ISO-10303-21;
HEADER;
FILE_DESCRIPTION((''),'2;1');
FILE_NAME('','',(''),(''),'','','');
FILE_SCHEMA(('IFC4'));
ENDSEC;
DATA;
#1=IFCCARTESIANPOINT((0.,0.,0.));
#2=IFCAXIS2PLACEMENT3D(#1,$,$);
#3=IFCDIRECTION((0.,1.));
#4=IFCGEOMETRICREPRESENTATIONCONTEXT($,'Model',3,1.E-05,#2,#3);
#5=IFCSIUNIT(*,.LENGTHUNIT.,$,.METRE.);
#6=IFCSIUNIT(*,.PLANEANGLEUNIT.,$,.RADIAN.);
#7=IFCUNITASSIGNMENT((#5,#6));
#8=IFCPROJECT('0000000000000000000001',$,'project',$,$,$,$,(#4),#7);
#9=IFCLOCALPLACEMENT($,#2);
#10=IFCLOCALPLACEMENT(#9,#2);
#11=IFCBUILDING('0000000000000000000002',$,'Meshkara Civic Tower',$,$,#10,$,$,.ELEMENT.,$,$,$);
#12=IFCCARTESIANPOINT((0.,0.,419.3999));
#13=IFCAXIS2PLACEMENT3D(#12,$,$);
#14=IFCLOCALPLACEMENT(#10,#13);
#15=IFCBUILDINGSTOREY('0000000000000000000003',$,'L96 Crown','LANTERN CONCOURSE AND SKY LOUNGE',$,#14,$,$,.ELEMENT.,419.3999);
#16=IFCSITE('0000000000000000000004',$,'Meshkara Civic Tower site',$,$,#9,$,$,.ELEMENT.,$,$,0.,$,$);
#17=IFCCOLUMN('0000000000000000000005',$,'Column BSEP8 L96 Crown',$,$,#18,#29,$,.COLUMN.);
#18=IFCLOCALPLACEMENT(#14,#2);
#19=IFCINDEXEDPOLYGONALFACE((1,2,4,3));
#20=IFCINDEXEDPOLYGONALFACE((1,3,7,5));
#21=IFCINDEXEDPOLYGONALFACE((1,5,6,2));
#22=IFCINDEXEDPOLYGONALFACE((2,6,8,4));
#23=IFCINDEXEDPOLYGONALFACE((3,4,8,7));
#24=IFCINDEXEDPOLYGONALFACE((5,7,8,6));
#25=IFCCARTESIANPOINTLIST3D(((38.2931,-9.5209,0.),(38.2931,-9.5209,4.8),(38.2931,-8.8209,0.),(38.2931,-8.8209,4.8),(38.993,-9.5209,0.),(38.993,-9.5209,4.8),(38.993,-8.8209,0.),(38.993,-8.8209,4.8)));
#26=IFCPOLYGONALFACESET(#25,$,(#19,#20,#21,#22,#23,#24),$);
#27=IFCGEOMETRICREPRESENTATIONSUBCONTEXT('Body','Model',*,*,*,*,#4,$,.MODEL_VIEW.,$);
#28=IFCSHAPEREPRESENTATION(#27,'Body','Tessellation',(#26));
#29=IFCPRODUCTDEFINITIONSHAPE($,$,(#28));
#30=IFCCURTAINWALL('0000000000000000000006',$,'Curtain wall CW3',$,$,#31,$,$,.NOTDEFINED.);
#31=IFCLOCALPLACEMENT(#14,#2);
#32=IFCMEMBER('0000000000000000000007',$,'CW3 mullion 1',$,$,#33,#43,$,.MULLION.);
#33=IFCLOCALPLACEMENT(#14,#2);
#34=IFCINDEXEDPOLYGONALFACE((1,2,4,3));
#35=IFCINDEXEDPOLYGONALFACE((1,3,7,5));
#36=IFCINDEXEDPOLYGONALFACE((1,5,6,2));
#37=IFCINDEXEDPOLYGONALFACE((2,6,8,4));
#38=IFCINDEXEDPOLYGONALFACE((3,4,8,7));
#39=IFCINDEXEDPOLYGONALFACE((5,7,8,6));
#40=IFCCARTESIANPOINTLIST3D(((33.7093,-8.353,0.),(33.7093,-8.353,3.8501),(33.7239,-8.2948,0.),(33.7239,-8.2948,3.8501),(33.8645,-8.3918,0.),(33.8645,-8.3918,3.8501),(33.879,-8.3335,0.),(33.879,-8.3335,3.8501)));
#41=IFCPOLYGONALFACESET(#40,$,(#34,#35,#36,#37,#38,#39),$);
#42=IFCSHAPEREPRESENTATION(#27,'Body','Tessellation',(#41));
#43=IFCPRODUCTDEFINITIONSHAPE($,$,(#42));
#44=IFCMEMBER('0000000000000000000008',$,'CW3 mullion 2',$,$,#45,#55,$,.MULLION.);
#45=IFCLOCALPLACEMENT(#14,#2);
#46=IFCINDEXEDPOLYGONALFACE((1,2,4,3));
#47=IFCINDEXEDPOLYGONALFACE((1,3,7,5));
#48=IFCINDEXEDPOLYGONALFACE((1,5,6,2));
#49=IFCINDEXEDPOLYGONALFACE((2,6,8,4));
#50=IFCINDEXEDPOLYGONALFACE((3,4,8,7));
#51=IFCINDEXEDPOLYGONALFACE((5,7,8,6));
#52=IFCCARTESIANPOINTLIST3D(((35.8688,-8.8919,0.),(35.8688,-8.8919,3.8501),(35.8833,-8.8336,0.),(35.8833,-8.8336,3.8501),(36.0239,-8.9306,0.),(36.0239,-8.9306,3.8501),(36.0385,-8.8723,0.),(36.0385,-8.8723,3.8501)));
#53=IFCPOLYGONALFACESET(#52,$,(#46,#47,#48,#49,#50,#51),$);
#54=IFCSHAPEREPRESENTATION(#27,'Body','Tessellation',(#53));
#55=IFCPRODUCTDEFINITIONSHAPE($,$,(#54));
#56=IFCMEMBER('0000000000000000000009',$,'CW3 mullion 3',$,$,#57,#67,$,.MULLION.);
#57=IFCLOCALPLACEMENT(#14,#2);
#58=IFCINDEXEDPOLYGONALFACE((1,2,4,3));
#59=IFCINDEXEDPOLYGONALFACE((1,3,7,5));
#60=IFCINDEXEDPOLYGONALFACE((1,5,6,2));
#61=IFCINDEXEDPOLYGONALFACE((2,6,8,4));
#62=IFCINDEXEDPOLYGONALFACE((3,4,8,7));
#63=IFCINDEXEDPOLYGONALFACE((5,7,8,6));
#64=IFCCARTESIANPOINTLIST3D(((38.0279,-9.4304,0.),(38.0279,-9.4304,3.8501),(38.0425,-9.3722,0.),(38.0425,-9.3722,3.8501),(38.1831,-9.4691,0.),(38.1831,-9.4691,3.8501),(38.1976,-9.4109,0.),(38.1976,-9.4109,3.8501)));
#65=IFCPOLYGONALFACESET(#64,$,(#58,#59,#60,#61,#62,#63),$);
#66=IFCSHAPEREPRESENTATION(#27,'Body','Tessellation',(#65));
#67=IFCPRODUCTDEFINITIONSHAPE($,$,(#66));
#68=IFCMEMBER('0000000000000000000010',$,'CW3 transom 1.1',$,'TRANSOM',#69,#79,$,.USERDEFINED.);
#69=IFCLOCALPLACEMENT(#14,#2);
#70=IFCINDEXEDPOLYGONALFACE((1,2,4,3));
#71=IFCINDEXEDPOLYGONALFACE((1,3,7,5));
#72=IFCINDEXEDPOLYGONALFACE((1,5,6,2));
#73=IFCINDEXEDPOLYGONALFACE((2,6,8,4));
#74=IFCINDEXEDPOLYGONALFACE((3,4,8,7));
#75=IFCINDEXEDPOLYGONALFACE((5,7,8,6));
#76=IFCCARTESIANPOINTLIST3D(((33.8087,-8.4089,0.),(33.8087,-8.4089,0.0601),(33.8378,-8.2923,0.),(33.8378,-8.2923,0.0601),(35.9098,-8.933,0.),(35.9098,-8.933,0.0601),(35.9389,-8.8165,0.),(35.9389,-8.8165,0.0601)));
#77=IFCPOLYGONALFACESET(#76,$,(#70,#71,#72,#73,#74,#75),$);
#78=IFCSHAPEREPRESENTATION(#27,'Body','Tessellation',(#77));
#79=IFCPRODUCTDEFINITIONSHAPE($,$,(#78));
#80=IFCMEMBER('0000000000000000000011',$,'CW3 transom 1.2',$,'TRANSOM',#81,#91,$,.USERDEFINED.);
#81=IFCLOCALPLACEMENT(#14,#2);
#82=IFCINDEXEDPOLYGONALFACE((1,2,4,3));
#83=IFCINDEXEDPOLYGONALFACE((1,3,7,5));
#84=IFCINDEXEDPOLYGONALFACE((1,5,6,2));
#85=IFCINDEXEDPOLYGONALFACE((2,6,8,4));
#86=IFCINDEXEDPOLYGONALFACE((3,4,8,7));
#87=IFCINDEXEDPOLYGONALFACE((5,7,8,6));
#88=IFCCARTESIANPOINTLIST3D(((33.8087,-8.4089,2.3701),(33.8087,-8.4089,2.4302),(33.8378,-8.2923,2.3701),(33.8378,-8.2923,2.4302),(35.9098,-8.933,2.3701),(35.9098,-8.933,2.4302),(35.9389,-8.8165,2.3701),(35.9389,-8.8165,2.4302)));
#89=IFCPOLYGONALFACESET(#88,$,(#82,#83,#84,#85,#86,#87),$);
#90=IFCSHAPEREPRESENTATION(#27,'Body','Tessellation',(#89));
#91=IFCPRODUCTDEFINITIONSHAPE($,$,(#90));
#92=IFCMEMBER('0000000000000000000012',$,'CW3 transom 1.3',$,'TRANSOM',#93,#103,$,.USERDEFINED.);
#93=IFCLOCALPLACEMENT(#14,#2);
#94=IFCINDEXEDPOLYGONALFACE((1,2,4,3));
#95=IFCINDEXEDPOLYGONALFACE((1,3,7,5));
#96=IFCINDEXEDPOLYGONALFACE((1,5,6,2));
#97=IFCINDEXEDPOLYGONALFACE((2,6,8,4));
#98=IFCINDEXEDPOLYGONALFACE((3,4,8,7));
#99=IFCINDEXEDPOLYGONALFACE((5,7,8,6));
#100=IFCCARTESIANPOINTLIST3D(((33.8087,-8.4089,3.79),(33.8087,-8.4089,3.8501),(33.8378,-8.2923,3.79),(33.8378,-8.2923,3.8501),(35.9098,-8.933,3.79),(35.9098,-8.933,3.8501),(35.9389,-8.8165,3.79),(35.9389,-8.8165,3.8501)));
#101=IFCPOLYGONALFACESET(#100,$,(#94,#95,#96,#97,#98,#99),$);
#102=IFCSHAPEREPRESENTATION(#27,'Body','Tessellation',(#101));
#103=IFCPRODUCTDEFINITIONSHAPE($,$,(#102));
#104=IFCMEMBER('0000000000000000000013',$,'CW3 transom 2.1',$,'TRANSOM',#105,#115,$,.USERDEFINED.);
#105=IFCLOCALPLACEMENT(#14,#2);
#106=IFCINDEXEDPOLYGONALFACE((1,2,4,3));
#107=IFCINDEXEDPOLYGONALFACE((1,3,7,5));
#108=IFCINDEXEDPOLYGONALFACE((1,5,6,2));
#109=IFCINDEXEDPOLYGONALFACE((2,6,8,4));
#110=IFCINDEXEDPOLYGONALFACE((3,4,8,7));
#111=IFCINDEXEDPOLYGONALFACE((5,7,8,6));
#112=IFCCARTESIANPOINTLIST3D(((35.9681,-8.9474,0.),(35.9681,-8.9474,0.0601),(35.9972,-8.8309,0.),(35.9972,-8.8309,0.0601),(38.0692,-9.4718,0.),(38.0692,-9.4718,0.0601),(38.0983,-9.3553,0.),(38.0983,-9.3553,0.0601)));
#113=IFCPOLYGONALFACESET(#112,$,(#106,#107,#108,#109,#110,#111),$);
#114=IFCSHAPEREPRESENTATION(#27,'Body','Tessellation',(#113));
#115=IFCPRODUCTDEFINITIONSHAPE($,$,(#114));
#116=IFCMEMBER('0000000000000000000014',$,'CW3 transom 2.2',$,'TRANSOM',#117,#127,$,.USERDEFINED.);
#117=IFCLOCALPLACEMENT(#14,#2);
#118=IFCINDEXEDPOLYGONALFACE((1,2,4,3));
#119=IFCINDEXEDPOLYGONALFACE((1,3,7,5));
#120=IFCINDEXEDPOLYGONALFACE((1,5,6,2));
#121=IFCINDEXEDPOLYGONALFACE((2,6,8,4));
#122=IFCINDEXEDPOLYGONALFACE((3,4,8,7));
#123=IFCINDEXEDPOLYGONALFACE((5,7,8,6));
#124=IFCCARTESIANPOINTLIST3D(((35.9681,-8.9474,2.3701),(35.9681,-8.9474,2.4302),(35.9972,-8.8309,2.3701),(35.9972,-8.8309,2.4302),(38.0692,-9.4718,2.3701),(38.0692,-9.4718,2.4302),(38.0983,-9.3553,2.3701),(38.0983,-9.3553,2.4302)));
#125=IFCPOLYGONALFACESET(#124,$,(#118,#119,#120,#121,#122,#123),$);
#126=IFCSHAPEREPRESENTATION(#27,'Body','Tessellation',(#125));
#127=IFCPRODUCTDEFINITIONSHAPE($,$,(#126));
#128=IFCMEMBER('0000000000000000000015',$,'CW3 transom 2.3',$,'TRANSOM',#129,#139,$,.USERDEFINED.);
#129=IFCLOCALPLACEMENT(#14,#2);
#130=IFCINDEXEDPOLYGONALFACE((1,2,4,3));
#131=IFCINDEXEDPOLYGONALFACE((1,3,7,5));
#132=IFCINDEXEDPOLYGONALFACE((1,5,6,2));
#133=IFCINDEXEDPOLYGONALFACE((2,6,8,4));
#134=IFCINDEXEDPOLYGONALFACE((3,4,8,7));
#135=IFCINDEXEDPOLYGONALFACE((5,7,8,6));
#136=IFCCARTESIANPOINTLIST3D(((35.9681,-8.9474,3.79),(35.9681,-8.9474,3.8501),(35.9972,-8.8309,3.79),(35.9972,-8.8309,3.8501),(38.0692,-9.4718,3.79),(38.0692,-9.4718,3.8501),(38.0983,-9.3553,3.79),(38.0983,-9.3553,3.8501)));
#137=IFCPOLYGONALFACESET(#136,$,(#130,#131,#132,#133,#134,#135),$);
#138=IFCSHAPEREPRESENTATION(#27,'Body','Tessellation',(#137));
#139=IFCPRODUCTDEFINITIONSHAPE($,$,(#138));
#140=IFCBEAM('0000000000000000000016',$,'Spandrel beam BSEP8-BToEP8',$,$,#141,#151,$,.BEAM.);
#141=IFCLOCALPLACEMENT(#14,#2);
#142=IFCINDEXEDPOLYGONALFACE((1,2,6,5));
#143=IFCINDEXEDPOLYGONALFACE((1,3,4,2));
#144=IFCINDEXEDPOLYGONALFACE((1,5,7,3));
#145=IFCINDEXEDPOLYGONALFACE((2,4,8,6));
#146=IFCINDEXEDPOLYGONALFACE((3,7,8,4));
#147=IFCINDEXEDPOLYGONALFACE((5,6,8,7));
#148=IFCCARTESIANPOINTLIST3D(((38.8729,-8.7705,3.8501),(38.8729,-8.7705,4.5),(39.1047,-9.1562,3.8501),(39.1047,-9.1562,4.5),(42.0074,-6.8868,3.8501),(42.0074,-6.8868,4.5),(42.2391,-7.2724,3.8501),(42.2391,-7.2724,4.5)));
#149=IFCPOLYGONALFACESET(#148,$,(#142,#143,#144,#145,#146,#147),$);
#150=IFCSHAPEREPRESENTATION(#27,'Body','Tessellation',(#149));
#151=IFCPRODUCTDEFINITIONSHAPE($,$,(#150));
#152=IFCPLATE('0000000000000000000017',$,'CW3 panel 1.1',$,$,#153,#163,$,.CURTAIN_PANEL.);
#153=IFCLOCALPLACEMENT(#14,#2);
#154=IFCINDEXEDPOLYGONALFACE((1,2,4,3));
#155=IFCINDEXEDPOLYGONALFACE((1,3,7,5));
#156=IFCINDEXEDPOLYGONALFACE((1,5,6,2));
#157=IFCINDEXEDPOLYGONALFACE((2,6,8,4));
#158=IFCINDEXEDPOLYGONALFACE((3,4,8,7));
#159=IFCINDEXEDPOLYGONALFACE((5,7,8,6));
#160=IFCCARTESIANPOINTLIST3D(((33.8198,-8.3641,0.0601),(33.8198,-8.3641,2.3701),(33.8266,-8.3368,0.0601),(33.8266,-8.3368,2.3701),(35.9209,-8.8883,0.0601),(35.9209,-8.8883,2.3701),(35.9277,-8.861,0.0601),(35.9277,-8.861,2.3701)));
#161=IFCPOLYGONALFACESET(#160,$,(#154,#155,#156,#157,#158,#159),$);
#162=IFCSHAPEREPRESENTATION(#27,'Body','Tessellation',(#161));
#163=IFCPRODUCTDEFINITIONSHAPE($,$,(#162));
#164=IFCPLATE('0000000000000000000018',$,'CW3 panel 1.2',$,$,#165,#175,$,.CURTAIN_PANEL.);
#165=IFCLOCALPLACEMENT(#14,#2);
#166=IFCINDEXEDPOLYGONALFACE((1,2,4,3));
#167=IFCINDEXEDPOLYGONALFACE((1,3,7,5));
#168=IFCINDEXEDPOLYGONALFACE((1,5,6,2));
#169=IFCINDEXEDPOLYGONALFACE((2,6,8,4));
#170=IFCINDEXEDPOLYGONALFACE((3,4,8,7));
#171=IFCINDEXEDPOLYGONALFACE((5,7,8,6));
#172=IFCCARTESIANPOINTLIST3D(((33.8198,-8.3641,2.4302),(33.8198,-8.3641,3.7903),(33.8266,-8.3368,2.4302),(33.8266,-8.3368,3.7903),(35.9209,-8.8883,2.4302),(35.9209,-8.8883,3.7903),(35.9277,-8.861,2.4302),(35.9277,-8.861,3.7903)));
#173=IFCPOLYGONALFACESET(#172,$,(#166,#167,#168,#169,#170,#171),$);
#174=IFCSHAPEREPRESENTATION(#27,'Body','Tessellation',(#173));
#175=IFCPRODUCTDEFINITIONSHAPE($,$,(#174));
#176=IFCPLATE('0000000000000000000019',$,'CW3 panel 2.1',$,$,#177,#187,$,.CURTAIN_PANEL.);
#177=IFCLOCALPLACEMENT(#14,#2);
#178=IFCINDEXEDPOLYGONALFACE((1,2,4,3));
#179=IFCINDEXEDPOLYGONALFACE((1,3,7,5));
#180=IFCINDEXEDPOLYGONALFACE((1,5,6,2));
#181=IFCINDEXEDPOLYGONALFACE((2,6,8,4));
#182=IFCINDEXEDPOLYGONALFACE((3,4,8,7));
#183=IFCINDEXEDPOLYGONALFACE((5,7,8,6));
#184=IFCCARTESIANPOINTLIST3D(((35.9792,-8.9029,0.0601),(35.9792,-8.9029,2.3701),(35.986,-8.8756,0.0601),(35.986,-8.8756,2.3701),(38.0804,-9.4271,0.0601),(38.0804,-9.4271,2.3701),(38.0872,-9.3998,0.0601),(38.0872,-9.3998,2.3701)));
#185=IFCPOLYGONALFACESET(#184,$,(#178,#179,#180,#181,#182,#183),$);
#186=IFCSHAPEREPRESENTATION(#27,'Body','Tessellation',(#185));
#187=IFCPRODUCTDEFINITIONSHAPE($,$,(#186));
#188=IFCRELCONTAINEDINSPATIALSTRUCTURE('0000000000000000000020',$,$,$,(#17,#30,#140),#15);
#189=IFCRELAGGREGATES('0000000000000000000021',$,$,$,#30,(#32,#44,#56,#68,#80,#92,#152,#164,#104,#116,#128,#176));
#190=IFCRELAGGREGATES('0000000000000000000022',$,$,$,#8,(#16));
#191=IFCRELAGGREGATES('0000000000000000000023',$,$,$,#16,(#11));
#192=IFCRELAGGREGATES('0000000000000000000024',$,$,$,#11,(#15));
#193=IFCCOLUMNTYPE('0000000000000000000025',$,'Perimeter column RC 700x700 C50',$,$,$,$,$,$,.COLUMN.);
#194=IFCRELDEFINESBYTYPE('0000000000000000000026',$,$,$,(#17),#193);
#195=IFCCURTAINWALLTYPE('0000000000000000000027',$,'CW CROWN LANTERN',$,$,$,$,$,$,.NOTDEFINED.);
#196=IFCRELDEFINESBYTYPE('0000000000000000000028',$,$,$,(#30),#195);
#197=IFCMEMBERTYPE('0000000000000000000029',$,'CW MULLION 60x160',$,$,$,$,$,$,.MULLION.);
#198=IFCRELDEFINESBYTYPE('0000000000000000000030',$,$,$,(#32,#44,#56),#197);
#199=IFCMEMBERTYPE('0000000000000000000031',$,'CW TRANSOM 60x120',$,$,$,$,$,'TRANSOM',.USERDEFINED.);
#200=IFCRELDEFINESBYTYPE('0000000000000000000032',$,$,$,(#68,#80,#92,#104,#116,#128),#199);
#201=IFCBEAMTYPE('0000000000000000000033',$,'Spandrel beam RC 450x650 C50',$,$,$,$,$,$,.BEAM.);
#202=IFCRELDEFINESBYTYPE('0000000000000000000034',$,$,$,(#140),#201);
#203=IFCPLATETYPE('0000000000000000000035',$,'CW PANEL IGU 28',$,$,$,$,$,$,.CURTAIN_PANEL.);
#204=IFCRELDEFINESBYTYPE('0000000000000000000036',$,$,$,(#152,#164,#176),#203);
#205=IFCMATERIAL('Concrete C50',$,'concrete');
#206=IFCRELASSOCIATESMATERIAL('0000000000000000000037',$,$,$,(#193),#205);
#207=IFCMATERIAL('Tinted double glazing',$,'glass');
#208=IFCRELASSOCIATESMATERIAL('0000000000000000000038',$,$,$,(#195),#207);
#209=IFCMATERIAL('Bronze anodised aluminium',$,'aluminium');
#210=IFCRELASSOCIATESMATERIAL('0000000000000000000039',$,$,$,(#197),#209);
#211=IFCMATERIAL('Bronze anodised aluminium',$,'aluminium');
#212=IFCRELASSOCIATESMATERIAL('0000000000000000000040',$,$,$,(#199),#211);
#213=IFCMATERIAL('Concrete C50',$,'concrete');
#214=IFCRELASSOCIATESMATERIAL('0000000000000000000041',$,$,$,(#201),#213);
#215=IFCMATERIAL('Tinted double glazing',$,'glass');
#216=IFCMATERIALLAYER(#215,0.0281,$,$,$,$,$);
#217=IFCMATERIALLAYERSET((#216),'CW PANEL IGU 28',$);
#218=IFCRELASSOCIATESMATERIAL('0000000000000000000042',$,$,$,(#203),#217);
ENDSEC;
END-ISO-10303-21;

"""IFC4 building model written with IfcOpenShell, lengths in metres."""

from ifc_helpers import new_model, si_unit, direction, frame, origin, origin_2d, place, context, subcontext, project, spatial, rectangle, extrude, material, layer, layer_set, material_profile, profile_set, type_object, element, aggregate, save


model = new_model("IFC4")

# Units and contexts
model_context = context("Model", 3, precision=1e-05, world=origin(), true_north=direction((0.0, 1.0)))
body_context = subcontext(model_context, "Body", "Model", "MODEL_VIEW")
ifc_project = project(units=[si_unit("LENGTHUNIT", "METRE"), si_unit("PLANEANGLEUNIT", "RADIAN")], contexts=[model_context])

# Site, building, storey
site_placement = place(None, origin())
site = spatial("IfcSite", under=ifc_project, at=site_placement, Name="Meshkara Civic Tower site", CompositionType="ELEMENT", RefElevation=0.0)
building_placement = place(site_placement, origin())
building = spatial("IfcBuilding", under=site, at=building_placement, Name="Meshkara Civic Tower", CompositionType="ELEMENT")
storey_placement = place(building_placement, frame((0.0, 0.0, 419.3999)))
storey = spatial("IfcBuildingStorey", under=building, at=storey_placement, Name="L96 Crown", Description="LANTERN CONCOURSE AND SKY LOUNGE", CompositionType="ELEMENT", Elevation=419.3999)

# Column
ifc_material_1 = material(Name="Concrete C50", Category="concrete")
ifc_material_profile_1 = material_profile(ifc_material_1, rectangle(XDim=0.7, YDim=0.7, at=origin_2d()))
ifc_profile_set_1 = profile_set([ifc_material_profile_1], Name="Concrete C50")
column_type = type_object("IfcColumnType", Name="Perimeter column RC 700x700 C50", PredefinedType="COLUMN", material=ifc_profile_set_1)
column_placement = place(storey_placement, frame((38.6431, -9.1709, 0.0), z_axis=(0.0, 0.0, 1.0), x_axis=(1.0, 0.0, 0.0)))
element("IfcColumn", 1, at=column_placement, inside=storey, type_object=column_type, Name="Column BSEP8 L96 Crown", PredefinedType="COLUMN", context=body_context, shape_type="SweptSolid", body=[
    extrude(rectangle(XDim=0.7, YDim=0.7, at=origin_2d()), origin(), (0.0, 0.0, 1.0), 4.8),
])

# Curtain wall, members
ifc_material_2 = material(Name="Tinted double glazing", Category="glass")
curtain_wall_type = type_object("IfcCurtainWallType", Name="CW CROWN LANTERN", PredefinedType="NOTDEFINED", material=ifc_material_2)
curtain_wall_placement = place(storey_placement, origin())
curtain_wall = element("IfcCurtainWall", 2, at=curtain_wall_placement, inside=storey, type_object=curtain_wall_type, Name="Curtain wall CW3", PredefinedType="NOTDEFINED")
ifc_material_3 = material(Name="Bronze anodised aluminium", Category="aluminium")
ifc_material_profile_2 = material_profile(ifc_material_3, rectangle(XDim=0.0601, YDim=0.1599, at=origin_2d()))
ifc_profile_set_2 = profile_set([ifc_material_profile_2], Name="Bronze anodised aluminium")
member_type_1 = type_object("IfcMemberType", Name="CW MULLION 60x160", PredefinedType="MULLION", material=ifc_profile_set_2)
member_1_placement = place(storey_placement, frame((33.7942, -8.3433, 0.0), z_axis=(0.0, 0.0, 1.0), x_axis=(0.242066, 0.97026, 0.0)))
member_1 = element("IfcMember", 3, at=member_1_placement, type_object=member_type_1, Name="CW3 mullion 1", PredefinedType="MULLION", context=body_context, shape_type="SweptSolid", body=[
    extrude(rectangle(XDim=0.0601, YDim=0.1599, at=origin_2d()), origin(), (0.0, 0.0, 1.0), 3.8501),
])
member_2_placement = place(storey_placement, frame((35.9536, -8.8821, 0.0), z_axis=(0.0, 0.0, 1.0), x_axis=(0.242066, 0.97026, 0.0)))
member_2 = element("IfcMember", 4, at=member_2_placement, type_object=member_type_1, Name="CW3 mullion 2", PredefinedType="MULLION", context=body_context, shape_type="SweptSolid", body=[
    extrude(rectangle(XDim=0.0601, YDim=0.1599, at=origin_2d()), origin(), (0.0, 0.0, 1.0), 3.8501),
])
member_3_placement = place(storey_placement, frame((38.1128, -9.4207, 0.0), z_axis=(0.0, 0.0, 1.0), x_axis=(0.242066, 0.97026, 0.0)))
member_3 = element("IfcMember", 5, at=member_3_placement, type_object=member_type_1, Name="CW3 mullion 3", PredefinedType="MULLION", context=body_context, shape_type="SweptSolid", body=[
    extrude(rectangle(XDim=0.0601, YDim=0.1599, at=origin_2d()), origin(), (0.0, 0.0, 1.0), 3.8501),
])
ifc_material_4 = material(Name="Bronze anodised aluminium", Category="aluminium")
ifc_material_profile_3 = material_profile(ifc_material_4, rectangle(XDim=0.1201, YDim=0.0601, at=origin_2d()))
ifc_profile_set_3 = profile_set([ifc_material_profile_3], Name="Bronze anodised aluminium")
member_type_2 = type_object("IfcMemberType", Name="CW TRANSOM 60x120", ElementType="TRANSOM", PredefinedType="USERDEFINED", material=ifc_profile_set_3)
member_4_placement = place(storey_placement, frame((33.8232, -8.3506, 0.03), z_axis=(0.970262, -0.242058, 0.0), x_axis=(0.242058, 0.970262, 0.0)))
member_4 = element("IfcMember", 6, at=member_4_placement, type_object=member_type_2, Name="CW3 transom 1.1", ObjectType="TRANSOM", PredefinedType="USERDEFINED", context=body_context, shape_type="SweptSolid", body=[
    extrude(rectangle(XDim=0.1201, YDim=0.0601, at=origin_2d()), origin(), (0.0, 0.0, 1.0), 2.1655),
])
member_5_placement = place(storey_placement, frame((33.8232, -8.3506, 2.4001), z_axis=(0.970262, -0.242058, 0.0), x_axis=(0.242058, 0.970262, 0.0)))
member_5 = element("IfcMember", 7, at=member_5_placement, type_object=member_type_2, Name="CW3 transom 1.2", ObjectType="TRANSOM", PredefinedType="USERDEFINED", context=body_context, shape_type="SweptSolid", body=[
    extrude(rectangle(XDim=0.1201, YDim=0.0601, at=origin_2d()), origin(), (0.0, 0.0, 1.0), 2.1655),
])
member_6_placement = place(storey_placement, frame((33.8232, -8.3506, 3.8201), z_axis=(0.970262, -0.242058, 0.0), x_axis=(0.242058, 0.970262, 0.0)))
member_6 = element("IfcMember", 8, at=member_6_placement, type_object=member_type_2, Name="CW3 transom 1.3", ObjectType="TRANSOM", PredefinedType="USERDEFINED", context=body_context, shape_type="SweptSolid", body=[
    extrude(rectangle(XDim=0.1201, YDim=0.0601, at=origin_2d()), origin(), (0.0, 0.0, 1.0), 2.1655),
])
member_7_placement = place(storey_placement, frame((35.9827, -8.8892, 0.03), z_axis=(0.970235, -0.242164, 0.0), x_axis=(0.242164, 0.970235, 0.0)))
member_7 = element("IfcMember", 9, at=member_7_placement, type_object=member_type_2, Name="CW3 transom 2.1", ObjectType="TRANSOM", PredefinedType="USERDEFINED", context=body_context, shape_type="SweptSolid", body=[
    extrude(rectangle(XDim=0.1201, YDim=0.0601, at=origin_2d()), origin(), (0.0, 0.0, 1.0), 2.1655),
])
member_8_placement = place(storey_placement, frame((35.9827, -8.8892, 2.4001), z_axis=(0.970235, -0.242164, 0.0), x_axis=(0.242164, 0.970235, 0.0)))
member_8 = element("IfcMember", 10, at=member_8_placement, type_object=member_type_2, Name="CW3 transom 2.2", ObjectType="TRANSOM", PredefinedType="USERDEFINED", context=body_context, shape_type="SweptSolid", body=[
    extrude(rectangle(XDim=0.1201, YDim=0.0601, at=origin_2d()), origin(), (0.0, 0.0, 1.0), 2.1655),
])
member_9_placement = place(storey_placement, frame((35.9827, -8.8892, 3.8201), z_axis=(0.970235, -0.242164, 0.0), x_axis=(0.242164, 0.970235, 0.0)))
member_9 = element("IfcMember", 11, at=member_9_placement, type_object=member_type_2, Name="CW3 transom 2.3", ObjectType="TRANSOM", PredefinedType="USERDEFINED", context=body_context, shape_type="SweptSolid", body=[
    extrude(rectangle(XDim=0.1201, YDim=0.0601, at=origin_2d()), origin(), (0.0, 0.0, 1.0), 2.1655),
])

# Beam
ifc_material_5 = material(Name="Concrete C50", Category="concrete")
ifc_material_profile_4 = material_profile(ifc_material_5, rectangle(XDim=0.45, YDim=0.6499, at=origin_2d()))
ifc_profile_set_4 = profile_set([ifc_material_profile_4], Name="Concrete C50")
beam_type = type_object("IfcBeamType", Name="Spandrel beam RC 450x650 C50", PredefinedType="BEAM", material=ifc_profile_set_4)
beam_placement = place(storey_placement, frame((38.9888, -8.9634, 4.175), z_axis=(0.857122, 0.515114, 0.0), x_axis=(-0.515114, 0.857122, 0.0)))
element("IfcBeam", 12, at=beam_placement, inside=storey, type_object=beam_type, Name="Spandrel beam BSEP8-BToEP8", PredefinedType="BEAM", context=body_context, shape_type="SweptSolid", body=[
    extrude(rectangle(XDim=0.45, YDim=0.6499, at=origin_2d()), origin(), (0.0, 0.0, 1.0), 3.657),
])

# Plates
ifc_material_6 = material(Name="Tinted double glazing", Category="glass")
ifc_layer_1 = layer(ifc_material_6, 0.0281)
ifc_layer_set_1 = layer_set([ifc_layer_1], Name="CW PANEL IGU 28")
plate_type = type_object("IfcPlateType", Name="CW PANEL IGU 28", PredefinedType="CURTAIN_PANEL", material=ifc_layer_set_1)
plate_1_placement = place(storey_placement, frame((34.8738, -8.6125, 0.0601), z_axis=(0.0, 0.0, 1.0), x_axis=(0.97026, -0.242066, 0.0)))
plate_1 = element("IfcPlate", 13, at=plate_1_placement, type_object=plate_type, Name="CW3 panel 1.1", PredefinedType="CURTAIN_PANEL", context=body_context, shape_type="SweptSolid", body=[
    extrude(rectangle(XDim=2.1655, YDim=0.0281, at=origin_2d()), origin(), (0.0, 0.0, 1.0), 2.3101),
])
plate_2_placement = place(storey_placement, frame((34.8738, -8.6125, 2.4302), z_axis=(0.0, 0.0, 1.0), x_axis=(0.97026, -0.242066, 0.0)))
plate_2 = element("IfcPlate", 14, at=plate_2_placement, type_object=plate_type, Name="CW3 panel 1.2", PredefinedType="CURTAIN_PANEL", context=body_context, shape_type="SweptSolid", body=[
    extrude(rectangle(XDim=2.1655, YDim=0.0281, at=origin_2d()), origin(), (0.0, 0.0, 1.0), 1.3601),
])
plate_3_placement = place(storey_placement, frame((37.0332, -9.1514, 0.0601), z_axis=(0.0, 0.0, 1.0), x_axis=(0.97026, -0.242066, 0.0)))
plate_3 = element("IfcPlate", 15, at=plate_3_placement, type_object=plate_type, Name="CW3 panel 2.1", PredefinedType="CURTAIN_PANEL", context=body_context, shape_type="SweptSolid", body=[
    extrude(rectangle(XDim=2.1655, YDim=0.0281, at=origin_2d()), origin(), (0.0, 0.0, 1.0), 2.3101),
])
aggregate(curtain_wall, [member_1, member_2, member_3, member_4, member_5, member_6, plate_1, plate_2, member_7, member_8, member_9, plate_3])

save(model, "model.ifc")
